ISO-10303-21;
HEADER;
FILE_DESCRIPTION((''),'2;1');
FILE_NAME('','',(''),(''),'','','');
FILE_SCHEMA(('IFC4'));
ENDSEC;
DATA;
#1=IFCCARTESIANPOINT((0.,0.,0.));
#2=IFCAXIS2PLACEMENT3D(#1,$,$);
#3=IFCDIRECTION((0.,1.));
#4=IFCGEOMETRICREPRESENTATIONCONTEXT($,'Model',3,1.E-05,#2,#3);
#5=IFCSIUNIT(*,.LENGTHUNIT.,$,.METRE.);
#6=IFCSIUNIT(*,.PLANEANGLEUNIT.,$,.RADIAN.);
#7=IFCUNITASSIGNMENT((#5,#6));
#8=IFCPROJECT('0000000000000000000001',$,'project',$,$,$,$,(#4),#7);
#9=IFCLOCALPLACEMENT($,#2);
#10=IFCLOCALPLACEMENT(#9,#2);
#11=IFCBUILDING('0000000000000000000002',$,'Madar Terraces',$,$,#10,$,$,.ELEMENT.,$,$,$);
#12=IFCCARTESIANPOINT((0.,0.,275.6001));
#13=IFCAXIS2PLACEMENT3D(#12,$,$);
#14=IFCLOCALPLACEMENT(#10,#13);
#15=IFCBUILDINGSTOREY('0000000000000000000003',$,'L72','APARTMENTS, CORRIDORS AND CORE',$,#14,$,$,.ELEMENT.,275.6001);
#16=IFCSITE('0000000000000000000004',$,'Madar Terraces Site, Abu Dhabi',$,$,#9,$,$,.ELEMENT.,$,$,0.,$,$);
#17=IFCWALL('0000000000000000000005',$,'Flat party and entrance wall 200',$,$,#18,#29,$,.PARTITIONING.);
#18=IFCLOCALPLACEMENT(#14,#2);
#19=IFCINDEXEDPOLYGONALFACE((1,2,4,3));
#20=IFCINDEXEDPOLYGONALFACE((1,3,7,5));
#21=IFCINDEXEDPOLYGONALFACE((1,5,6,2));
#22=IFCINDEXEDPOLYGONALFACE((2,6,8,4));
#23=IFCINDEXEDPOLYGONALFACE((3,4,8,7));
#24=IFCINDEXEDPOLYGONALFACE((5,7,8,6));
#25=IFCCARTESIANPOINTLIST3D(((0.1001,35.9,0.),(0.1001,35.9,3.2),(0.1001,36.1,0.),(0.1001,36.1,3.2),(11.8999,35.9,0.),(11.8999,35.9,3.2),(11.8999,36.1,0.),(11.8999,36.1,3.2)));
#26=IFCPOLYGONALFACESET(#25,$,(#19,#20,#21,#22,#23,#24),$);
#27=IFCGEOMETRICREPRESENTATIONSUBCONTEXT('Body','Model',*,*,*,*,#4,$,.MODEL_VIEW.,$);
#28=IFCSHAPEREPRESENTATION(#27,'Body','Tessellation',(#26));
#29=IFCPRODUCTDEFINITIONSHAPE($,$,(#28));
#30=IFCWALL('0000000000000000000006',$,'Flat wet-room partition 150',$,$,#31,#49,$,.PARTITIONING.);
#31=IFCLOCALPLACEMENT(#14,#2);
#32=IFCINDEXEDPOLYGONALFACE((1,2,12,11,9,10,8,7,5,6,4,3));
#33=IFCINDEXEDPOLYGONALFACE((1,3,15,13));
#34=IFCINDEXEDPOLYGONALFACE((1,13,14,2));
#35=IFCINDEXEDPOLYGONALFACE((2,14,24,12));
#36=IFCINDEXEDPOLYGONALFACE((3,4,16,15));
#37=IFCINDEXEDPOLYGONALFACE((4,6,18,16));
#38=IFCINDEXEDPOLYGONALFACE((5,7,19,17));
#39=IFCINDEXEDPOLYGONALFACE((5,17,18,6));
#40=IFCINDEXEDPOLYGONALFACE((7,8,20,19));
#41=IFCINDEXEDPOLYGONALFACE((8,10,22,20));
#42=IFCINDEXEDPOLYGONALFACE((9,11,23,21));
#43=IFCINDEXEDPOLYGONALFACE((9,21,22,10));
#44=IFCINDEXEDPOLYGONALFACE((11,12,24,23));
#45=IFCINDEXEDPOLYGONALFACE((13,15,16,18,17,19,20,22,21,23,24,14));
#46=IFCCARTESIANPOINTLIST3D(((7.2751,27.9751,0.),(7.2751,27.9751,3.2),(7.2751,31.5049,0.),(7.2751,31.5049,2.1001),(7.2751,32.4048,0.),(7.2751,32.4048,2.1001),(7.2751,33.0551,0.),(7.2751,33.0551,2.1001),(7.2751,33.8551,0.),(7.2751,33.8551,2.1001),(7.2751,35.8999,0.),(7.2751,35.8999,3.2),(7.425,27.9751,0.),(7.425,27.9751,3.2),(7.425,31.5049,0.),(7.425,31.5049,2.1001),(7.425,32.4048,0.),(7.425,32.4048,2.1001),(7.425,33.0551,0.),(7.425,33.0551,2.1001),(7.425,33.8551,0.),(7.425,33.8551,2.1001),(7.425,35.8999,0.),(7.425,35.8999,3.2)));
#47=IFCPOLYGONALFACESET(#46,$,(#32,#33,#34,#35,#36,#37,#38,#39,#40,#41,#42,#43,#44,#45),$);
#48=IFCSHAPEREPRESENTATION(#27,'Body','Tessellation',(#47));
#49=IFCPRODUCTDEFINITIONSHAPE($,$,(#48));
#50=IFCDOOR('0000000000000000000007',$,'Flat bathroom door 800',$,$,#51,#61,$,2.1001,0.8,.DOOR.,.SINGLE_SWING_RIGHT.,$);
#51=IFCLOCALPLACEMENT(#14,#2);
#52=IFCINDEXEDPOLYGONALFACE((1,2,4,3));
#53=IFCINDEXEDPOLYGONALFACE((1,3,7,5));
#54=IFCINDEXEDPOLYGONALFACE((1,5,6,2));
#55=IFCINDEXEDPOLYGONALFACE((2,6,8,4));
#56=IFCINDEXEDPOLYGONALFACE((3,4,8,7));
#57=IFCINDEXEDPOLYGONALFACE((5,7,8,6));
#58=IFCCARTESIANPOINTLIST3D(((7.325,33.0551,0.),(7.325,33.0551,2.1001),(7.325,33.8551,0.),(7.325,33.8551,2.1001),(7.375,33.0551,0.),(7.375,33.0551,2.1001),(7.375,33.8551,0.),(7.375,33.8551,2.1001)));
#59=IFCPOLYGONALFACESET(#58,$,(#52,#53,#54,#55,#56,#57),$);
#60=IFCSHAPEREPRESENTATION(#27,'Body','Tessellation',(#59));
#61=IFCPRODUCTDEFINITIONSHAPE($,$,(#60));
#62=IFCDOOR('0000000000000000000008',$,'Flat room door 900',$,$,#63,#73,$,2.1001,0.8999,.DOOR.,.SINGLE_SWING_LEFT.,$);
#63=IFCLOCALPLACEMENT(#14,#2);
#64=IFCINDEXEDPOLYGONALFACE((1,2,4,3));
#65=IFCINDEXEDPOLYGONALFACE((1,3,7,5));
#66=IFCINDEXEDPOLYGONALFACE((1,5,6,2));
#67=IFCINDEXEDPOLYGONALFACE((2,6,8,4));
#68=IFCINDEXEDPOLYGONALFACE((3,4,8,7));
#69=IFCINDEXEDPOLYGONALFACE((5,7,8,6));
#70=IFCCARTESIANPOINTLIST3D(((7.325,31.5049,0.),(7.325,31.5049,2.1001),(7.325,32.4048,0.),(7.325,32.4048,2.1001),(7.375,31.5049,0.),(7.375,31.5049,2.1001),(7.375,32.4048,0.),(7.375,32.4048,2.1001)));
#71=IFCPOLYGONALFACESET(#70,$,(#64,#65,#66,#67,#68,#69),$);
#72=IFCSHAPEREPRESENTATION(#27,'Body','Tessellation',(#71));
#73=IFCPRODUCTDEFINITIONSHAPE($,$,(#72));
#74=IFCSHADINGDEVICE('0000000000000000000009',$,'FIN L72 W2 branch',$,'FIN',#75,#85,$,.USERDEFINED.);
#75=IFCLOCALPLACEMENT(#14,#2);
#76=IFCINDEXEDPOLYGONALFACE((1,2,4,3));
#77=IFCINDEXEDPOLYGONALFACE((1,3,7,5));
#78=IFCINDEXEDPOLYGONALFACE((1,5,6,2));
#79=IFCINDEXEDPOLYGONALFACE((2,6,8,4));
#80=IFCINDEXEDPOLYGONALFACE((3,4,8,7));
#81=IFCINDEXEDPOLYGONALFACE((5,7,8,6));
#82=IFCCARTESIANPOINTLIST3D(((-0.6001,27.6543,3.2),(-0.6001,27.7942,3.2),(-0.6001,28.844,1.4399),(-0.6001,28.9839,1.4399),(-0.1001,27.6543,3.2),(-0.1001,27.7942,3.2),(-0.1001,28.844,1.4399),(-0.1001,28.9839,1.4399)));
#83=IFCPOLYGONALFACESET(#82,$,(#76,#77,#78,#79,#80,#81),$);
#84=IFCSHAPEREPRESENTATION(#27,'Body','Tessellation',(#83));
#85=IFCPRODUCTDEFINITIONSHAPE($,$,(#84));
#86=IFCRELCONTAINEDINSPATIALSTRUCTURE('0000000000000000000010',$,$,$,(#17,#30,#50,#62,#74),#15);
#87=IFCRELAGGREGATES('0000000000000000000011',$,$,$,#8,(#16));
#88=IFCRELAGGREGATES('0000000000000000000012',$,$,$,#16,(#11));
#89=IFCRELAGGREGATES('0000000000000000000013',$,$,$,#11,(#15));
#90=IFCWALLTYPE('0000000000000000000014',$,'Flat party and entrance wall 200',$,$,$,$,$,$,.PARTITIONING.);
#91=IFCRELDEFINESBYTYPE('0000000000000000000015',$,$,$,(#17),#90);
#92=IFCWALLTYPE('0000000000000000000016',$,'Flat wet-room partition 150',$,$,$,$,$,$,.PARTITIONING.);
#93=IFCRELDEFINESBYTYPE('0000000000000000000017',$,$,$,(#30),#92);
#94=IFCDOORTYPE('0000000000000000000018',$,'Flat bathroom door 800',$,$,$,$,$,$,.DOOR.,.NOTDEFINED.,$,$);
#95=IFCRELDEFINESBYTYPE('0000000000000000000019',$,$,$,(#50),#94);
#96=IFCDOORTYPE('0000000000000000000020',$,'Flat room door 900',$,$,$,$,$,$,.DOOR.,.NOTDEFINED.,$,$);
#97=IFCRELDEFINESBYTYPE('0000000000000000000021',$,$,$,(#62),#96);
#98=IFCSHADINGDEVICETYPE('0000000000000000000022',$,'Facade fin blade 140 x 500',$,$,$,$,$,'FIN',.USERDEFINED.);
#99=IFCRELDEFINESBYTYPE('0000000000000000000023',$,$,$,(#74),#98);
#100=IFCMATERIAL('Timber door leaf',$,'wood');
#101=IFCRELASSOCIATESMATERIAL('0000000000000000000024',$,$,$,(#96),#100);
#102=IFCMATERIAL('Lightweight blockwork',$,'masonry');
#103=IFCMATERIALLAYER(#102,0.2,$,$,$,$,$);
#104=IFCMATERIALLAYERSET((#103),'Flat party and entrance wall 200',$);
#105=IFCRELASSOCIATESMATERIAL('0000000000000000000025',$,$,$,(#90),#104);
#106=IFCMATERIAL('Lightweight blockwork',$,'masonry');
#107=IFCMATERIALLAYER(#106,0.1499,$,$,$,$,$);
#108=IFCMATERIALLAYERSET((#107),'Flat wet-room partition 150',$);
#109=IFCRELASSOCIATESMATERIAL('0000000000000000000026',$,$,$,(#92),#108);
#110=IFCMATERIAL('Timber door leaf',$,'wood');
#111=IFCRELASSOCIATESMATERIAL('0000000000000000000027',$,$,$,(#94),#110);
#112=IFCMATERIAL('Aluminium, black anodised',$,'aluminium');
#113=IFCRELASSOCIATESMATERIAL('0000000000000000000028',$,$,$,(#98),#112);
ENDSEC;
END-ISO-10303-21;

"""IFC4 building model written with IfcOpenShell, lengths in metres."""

from ifc_helpers import new_model, si_unit, direction, frame, frame_2d, origin, place, context, subcontext, project, spatial, polyline, rectangle, outline, extrude, material, layer, layer_set, type_object, element, fill, save


model = new_model("IFC4")

# Units and contexts
model_context = context("Model", 3, precision=1e-05, world=origin(), true_north=direction((0.0, 1.0)))
body_context = subcontext(model_context, "Body", "Model", "MODEL_VIEW")
ifc_project = project(units=[si_unit("LENGTHUNIT", "METRE"), si_unit("PLANEANGLEUNIT", "RADIAN")], contexts=[model_context])

# Site, building, storey
site_placement = place(None, origin())
site = spatial("IfcSite", under=ifc_project, at=site_placement, Name="Madar Terraces Site, Abu Dhabi", CompositionType="ELEMENT", RefElevation=0.0)
building_placement = place(site_placement, origin())
building = spatial("IfcBuilding", under=site, at=building_placement, Name="Madar Terraces", CompositionType="ELEMENT")
storey_placement = place(building_placement, frame((0.0, 0.0, 275.6001)))
storey = spatial("IfcBuildingStorey", under=building, at=storey_placement, Name="L72", Description="APARTMENTS, CORRIDORS AND CORE", CompositionType="ELEMENT", Elevation=275.6001)

# Shared definitions
ifc_material_1 = material(Name="Timber door leaf", Category="wood")
door_type_1 = type_object("IfcDoorType", Name="Flat room door 900", OperationType="NOTDEFINED", PredefinedType="DOOR", material=ifc_material_1)

# Wall
ifc_material_2 = material(Name="Lightweight blockwork", Category="masonry")
ifc_layer_1 = layer(ifc_material_2, 0.2)
ifc_layer_set_1 = layer_set([ifc_layer_1], Name="Flat party and entrance wall 200")
wall_type_1 = type_object("IfcWallType", Name="Flat party and entrance wall 200", PredefinedType="PARTITIONING", material=ifc_layer_set_1)
wall_1_placement = place(storey_placement, frame((0.1001, 36.0, 0.0), z_axis=(0.0, 0.0, 1.0), x_axis=(1.0, 0.0, 0.0)))
element("IfcWall", 1, at=wall_1_placement, inside=storey, type_object=wall_type_1, Name="Flat party and entrance wall 200", PredefinedType="PARTITIONING", context=body_context, shape_type="SweptSolid", body=[
    extrude(rectangle(XDim=11.7998, YDim=0.2, at=frame_2d((5.8999, 0.0))), origin(), (0.0, 0.0, 1.0), 3.2),
])

# Wall, openings, doors
ifc_material_3 = material(Name="Lightweight blockwork", Category="masonry")
ifc_layer_2 = layer(ifc_material_3, 0.1499)
ifc_layer_set_2 = layer_set([ifc_layer_2], Name="Flat wet-room partition 150")
wall_type_2 = type_object("IfcWallType", Name="Flat wet-room partition 150", PredefinedType="PARTITIONING", material=ifc_layer_set_2)
wall_2_placement = place(storey_placement, frame((7.3501, 35.8999, 0.0), z_axis=(0.0, 0.0, 1.0), x_axis=(0.0, -1.0, 0.0)))
wall_2 = element("IfcWall", 2, at=wall_2_placement, inside=storey, type_object=wall_type_2, Name="Flat wet-room partition 150", PredefinedType="PARTITIONING", context=body_context, shape_type="SweptSolid", body=[
    extrude(rectangle(XDim=7.9248, YDim=0.1499, at=frame_2d((3.9624, 0.0))), origin(), (0.0, 0.0, 1.0), 3.2),
])
opening_1_placement = place(wall_2_placement, frame((3.4951, 0.0, 0.0)))
opening_1 = element("IfcOpeningElement", 3, at=opening_1_placement, cuts=wall_2, PredefinedType="OPENING", context=body_context, shape_type="SweptSolid", body=[
    extrude(rectangle(XDim=0.8999, YDim=2.1001, at=frame_2d((0.45, 1.05))), frame((0.0, 0.085, 0.0), z_axis=(0.0, -1.0, 0.0), x_axis=(1.0, 0.0, 0.0)), (0.0, 0.0, 1.0), 0.1699),
])
opening_2_placement = place(wall_2_placement, frame((2.0449, 0.0, 0.0)))
opening_2 = element("IfcOpeningElement", 4, at=opening_2_placement, cuts=wall_2, PredefinedType="OPENING", context=body_context, shape_type="SweptSolid", body=[
    extrude(rectangle(XDim=0.8, YDim=2.1001, at=frame_2d((0.3999, 1.05))), frame((0.0, 0.085, 0.0), z_axis=(0.0, -1.0, 0.0), x_axis=(1.0, 0.0, 0.0)), (0.0, 0.0, 1.0), 0.1699),
])
ifc_material_4 = material(Name="Timber door leaf", Category="wood")
door_type_2 = type_object("IfcDoorType", Name="Flat bathroom door 800", OperationType="NOTDEFINED", PredefinedType="DOOR", material=ifc_material_4)
door_1_placement = place(opening_2_placement, origin())
door_1 = element("IfcDoor", 5, at=door_1_placement, inside=storey, type_object=door_type_2, Name="Flat bathroom door 800", OperationType="SINGLE_SWING_RIGHT", OverallHeight=2.1001, OverallWidth=0.8, PredefinedType="DOOR", context=body_context, shape_type="SweptSolid", body=[
    extrude(rectangle(XDim=0.8, YDim=2.1001, at=frame_2d((0.3999, 1.05))), frame((0.0, 0.0249, 0.0), z_axis=(0.0, -1.0, 0.0), x_axis=(1.0, 0.0, 0.0)), (0.0, 0.0, 1.0), 0.05),
])
fill(opening_2, door_1)
door_2_placement = place(opening_1_placement, origin())
door_2 = element("IfcDoor", 6, at=door_2_placement, inside=storey, type_object=door_type_1, Name="Flat room door 900", OperationType="SINGLE_SWING_LEFT", OverallHeight=2.1001, OverallWidth=0.8999, PredefinedType="DOOR", context=body_context, shape_type="SweptSolid", body=[
    extrude(rectangle(XDim=0.8999, YDim=2.1001, at=frame_2d((0.45, 1.05))), frame((0.0, 0.0249, 0.0), z_axis=(0.0, -1.0, 0.0), x_axis=(1.0, 0.0, 0.0)), (0.0, 0.0, 1.0), 0.05),
])
fill(opening_1, door_2)

# Shading device
ifc_material_5 = material(Name="Aluminium, black anodised", Category="aluminium")
shading_device_type = type_object("IfcShadingDeviceType", Name="Facade fin blade 140 x 500", ElementType="FIN", PredefinedType="USERDEFINED", material=ifc_material_5)
shading_device_placement = place(storey_placement, frame((-0.3501, 28.9839, 1.4399), z_axis=(0.0, 0.0, 1.0), x_axis=(0.0, -1.0, 0.0)))
element("IfcShadingDevice", 7, at=shading_device_placement, inside=storey, type_object=shading_device_type, Name="FIN L72 W2 branch", ObjectType="FIN", PredefinedType="USERDEFINED", context=body_context, shape_type="SweptSolid", body=[
    extrude(outline(polyline([(0.0, 0.0), (0.1399, 0.0), (1.3296, 1.76), (1.1897, 1.76), (0.0, 0.0)])), frame((0.0, 0.25, 0.0), z_axis=(0.0, -1.0, 0.0), x_axis=(1.0, 0.0, 0.0)), (0.0, 0.0, 1.0), 0.5),
])

save(model, "model.ifc")
